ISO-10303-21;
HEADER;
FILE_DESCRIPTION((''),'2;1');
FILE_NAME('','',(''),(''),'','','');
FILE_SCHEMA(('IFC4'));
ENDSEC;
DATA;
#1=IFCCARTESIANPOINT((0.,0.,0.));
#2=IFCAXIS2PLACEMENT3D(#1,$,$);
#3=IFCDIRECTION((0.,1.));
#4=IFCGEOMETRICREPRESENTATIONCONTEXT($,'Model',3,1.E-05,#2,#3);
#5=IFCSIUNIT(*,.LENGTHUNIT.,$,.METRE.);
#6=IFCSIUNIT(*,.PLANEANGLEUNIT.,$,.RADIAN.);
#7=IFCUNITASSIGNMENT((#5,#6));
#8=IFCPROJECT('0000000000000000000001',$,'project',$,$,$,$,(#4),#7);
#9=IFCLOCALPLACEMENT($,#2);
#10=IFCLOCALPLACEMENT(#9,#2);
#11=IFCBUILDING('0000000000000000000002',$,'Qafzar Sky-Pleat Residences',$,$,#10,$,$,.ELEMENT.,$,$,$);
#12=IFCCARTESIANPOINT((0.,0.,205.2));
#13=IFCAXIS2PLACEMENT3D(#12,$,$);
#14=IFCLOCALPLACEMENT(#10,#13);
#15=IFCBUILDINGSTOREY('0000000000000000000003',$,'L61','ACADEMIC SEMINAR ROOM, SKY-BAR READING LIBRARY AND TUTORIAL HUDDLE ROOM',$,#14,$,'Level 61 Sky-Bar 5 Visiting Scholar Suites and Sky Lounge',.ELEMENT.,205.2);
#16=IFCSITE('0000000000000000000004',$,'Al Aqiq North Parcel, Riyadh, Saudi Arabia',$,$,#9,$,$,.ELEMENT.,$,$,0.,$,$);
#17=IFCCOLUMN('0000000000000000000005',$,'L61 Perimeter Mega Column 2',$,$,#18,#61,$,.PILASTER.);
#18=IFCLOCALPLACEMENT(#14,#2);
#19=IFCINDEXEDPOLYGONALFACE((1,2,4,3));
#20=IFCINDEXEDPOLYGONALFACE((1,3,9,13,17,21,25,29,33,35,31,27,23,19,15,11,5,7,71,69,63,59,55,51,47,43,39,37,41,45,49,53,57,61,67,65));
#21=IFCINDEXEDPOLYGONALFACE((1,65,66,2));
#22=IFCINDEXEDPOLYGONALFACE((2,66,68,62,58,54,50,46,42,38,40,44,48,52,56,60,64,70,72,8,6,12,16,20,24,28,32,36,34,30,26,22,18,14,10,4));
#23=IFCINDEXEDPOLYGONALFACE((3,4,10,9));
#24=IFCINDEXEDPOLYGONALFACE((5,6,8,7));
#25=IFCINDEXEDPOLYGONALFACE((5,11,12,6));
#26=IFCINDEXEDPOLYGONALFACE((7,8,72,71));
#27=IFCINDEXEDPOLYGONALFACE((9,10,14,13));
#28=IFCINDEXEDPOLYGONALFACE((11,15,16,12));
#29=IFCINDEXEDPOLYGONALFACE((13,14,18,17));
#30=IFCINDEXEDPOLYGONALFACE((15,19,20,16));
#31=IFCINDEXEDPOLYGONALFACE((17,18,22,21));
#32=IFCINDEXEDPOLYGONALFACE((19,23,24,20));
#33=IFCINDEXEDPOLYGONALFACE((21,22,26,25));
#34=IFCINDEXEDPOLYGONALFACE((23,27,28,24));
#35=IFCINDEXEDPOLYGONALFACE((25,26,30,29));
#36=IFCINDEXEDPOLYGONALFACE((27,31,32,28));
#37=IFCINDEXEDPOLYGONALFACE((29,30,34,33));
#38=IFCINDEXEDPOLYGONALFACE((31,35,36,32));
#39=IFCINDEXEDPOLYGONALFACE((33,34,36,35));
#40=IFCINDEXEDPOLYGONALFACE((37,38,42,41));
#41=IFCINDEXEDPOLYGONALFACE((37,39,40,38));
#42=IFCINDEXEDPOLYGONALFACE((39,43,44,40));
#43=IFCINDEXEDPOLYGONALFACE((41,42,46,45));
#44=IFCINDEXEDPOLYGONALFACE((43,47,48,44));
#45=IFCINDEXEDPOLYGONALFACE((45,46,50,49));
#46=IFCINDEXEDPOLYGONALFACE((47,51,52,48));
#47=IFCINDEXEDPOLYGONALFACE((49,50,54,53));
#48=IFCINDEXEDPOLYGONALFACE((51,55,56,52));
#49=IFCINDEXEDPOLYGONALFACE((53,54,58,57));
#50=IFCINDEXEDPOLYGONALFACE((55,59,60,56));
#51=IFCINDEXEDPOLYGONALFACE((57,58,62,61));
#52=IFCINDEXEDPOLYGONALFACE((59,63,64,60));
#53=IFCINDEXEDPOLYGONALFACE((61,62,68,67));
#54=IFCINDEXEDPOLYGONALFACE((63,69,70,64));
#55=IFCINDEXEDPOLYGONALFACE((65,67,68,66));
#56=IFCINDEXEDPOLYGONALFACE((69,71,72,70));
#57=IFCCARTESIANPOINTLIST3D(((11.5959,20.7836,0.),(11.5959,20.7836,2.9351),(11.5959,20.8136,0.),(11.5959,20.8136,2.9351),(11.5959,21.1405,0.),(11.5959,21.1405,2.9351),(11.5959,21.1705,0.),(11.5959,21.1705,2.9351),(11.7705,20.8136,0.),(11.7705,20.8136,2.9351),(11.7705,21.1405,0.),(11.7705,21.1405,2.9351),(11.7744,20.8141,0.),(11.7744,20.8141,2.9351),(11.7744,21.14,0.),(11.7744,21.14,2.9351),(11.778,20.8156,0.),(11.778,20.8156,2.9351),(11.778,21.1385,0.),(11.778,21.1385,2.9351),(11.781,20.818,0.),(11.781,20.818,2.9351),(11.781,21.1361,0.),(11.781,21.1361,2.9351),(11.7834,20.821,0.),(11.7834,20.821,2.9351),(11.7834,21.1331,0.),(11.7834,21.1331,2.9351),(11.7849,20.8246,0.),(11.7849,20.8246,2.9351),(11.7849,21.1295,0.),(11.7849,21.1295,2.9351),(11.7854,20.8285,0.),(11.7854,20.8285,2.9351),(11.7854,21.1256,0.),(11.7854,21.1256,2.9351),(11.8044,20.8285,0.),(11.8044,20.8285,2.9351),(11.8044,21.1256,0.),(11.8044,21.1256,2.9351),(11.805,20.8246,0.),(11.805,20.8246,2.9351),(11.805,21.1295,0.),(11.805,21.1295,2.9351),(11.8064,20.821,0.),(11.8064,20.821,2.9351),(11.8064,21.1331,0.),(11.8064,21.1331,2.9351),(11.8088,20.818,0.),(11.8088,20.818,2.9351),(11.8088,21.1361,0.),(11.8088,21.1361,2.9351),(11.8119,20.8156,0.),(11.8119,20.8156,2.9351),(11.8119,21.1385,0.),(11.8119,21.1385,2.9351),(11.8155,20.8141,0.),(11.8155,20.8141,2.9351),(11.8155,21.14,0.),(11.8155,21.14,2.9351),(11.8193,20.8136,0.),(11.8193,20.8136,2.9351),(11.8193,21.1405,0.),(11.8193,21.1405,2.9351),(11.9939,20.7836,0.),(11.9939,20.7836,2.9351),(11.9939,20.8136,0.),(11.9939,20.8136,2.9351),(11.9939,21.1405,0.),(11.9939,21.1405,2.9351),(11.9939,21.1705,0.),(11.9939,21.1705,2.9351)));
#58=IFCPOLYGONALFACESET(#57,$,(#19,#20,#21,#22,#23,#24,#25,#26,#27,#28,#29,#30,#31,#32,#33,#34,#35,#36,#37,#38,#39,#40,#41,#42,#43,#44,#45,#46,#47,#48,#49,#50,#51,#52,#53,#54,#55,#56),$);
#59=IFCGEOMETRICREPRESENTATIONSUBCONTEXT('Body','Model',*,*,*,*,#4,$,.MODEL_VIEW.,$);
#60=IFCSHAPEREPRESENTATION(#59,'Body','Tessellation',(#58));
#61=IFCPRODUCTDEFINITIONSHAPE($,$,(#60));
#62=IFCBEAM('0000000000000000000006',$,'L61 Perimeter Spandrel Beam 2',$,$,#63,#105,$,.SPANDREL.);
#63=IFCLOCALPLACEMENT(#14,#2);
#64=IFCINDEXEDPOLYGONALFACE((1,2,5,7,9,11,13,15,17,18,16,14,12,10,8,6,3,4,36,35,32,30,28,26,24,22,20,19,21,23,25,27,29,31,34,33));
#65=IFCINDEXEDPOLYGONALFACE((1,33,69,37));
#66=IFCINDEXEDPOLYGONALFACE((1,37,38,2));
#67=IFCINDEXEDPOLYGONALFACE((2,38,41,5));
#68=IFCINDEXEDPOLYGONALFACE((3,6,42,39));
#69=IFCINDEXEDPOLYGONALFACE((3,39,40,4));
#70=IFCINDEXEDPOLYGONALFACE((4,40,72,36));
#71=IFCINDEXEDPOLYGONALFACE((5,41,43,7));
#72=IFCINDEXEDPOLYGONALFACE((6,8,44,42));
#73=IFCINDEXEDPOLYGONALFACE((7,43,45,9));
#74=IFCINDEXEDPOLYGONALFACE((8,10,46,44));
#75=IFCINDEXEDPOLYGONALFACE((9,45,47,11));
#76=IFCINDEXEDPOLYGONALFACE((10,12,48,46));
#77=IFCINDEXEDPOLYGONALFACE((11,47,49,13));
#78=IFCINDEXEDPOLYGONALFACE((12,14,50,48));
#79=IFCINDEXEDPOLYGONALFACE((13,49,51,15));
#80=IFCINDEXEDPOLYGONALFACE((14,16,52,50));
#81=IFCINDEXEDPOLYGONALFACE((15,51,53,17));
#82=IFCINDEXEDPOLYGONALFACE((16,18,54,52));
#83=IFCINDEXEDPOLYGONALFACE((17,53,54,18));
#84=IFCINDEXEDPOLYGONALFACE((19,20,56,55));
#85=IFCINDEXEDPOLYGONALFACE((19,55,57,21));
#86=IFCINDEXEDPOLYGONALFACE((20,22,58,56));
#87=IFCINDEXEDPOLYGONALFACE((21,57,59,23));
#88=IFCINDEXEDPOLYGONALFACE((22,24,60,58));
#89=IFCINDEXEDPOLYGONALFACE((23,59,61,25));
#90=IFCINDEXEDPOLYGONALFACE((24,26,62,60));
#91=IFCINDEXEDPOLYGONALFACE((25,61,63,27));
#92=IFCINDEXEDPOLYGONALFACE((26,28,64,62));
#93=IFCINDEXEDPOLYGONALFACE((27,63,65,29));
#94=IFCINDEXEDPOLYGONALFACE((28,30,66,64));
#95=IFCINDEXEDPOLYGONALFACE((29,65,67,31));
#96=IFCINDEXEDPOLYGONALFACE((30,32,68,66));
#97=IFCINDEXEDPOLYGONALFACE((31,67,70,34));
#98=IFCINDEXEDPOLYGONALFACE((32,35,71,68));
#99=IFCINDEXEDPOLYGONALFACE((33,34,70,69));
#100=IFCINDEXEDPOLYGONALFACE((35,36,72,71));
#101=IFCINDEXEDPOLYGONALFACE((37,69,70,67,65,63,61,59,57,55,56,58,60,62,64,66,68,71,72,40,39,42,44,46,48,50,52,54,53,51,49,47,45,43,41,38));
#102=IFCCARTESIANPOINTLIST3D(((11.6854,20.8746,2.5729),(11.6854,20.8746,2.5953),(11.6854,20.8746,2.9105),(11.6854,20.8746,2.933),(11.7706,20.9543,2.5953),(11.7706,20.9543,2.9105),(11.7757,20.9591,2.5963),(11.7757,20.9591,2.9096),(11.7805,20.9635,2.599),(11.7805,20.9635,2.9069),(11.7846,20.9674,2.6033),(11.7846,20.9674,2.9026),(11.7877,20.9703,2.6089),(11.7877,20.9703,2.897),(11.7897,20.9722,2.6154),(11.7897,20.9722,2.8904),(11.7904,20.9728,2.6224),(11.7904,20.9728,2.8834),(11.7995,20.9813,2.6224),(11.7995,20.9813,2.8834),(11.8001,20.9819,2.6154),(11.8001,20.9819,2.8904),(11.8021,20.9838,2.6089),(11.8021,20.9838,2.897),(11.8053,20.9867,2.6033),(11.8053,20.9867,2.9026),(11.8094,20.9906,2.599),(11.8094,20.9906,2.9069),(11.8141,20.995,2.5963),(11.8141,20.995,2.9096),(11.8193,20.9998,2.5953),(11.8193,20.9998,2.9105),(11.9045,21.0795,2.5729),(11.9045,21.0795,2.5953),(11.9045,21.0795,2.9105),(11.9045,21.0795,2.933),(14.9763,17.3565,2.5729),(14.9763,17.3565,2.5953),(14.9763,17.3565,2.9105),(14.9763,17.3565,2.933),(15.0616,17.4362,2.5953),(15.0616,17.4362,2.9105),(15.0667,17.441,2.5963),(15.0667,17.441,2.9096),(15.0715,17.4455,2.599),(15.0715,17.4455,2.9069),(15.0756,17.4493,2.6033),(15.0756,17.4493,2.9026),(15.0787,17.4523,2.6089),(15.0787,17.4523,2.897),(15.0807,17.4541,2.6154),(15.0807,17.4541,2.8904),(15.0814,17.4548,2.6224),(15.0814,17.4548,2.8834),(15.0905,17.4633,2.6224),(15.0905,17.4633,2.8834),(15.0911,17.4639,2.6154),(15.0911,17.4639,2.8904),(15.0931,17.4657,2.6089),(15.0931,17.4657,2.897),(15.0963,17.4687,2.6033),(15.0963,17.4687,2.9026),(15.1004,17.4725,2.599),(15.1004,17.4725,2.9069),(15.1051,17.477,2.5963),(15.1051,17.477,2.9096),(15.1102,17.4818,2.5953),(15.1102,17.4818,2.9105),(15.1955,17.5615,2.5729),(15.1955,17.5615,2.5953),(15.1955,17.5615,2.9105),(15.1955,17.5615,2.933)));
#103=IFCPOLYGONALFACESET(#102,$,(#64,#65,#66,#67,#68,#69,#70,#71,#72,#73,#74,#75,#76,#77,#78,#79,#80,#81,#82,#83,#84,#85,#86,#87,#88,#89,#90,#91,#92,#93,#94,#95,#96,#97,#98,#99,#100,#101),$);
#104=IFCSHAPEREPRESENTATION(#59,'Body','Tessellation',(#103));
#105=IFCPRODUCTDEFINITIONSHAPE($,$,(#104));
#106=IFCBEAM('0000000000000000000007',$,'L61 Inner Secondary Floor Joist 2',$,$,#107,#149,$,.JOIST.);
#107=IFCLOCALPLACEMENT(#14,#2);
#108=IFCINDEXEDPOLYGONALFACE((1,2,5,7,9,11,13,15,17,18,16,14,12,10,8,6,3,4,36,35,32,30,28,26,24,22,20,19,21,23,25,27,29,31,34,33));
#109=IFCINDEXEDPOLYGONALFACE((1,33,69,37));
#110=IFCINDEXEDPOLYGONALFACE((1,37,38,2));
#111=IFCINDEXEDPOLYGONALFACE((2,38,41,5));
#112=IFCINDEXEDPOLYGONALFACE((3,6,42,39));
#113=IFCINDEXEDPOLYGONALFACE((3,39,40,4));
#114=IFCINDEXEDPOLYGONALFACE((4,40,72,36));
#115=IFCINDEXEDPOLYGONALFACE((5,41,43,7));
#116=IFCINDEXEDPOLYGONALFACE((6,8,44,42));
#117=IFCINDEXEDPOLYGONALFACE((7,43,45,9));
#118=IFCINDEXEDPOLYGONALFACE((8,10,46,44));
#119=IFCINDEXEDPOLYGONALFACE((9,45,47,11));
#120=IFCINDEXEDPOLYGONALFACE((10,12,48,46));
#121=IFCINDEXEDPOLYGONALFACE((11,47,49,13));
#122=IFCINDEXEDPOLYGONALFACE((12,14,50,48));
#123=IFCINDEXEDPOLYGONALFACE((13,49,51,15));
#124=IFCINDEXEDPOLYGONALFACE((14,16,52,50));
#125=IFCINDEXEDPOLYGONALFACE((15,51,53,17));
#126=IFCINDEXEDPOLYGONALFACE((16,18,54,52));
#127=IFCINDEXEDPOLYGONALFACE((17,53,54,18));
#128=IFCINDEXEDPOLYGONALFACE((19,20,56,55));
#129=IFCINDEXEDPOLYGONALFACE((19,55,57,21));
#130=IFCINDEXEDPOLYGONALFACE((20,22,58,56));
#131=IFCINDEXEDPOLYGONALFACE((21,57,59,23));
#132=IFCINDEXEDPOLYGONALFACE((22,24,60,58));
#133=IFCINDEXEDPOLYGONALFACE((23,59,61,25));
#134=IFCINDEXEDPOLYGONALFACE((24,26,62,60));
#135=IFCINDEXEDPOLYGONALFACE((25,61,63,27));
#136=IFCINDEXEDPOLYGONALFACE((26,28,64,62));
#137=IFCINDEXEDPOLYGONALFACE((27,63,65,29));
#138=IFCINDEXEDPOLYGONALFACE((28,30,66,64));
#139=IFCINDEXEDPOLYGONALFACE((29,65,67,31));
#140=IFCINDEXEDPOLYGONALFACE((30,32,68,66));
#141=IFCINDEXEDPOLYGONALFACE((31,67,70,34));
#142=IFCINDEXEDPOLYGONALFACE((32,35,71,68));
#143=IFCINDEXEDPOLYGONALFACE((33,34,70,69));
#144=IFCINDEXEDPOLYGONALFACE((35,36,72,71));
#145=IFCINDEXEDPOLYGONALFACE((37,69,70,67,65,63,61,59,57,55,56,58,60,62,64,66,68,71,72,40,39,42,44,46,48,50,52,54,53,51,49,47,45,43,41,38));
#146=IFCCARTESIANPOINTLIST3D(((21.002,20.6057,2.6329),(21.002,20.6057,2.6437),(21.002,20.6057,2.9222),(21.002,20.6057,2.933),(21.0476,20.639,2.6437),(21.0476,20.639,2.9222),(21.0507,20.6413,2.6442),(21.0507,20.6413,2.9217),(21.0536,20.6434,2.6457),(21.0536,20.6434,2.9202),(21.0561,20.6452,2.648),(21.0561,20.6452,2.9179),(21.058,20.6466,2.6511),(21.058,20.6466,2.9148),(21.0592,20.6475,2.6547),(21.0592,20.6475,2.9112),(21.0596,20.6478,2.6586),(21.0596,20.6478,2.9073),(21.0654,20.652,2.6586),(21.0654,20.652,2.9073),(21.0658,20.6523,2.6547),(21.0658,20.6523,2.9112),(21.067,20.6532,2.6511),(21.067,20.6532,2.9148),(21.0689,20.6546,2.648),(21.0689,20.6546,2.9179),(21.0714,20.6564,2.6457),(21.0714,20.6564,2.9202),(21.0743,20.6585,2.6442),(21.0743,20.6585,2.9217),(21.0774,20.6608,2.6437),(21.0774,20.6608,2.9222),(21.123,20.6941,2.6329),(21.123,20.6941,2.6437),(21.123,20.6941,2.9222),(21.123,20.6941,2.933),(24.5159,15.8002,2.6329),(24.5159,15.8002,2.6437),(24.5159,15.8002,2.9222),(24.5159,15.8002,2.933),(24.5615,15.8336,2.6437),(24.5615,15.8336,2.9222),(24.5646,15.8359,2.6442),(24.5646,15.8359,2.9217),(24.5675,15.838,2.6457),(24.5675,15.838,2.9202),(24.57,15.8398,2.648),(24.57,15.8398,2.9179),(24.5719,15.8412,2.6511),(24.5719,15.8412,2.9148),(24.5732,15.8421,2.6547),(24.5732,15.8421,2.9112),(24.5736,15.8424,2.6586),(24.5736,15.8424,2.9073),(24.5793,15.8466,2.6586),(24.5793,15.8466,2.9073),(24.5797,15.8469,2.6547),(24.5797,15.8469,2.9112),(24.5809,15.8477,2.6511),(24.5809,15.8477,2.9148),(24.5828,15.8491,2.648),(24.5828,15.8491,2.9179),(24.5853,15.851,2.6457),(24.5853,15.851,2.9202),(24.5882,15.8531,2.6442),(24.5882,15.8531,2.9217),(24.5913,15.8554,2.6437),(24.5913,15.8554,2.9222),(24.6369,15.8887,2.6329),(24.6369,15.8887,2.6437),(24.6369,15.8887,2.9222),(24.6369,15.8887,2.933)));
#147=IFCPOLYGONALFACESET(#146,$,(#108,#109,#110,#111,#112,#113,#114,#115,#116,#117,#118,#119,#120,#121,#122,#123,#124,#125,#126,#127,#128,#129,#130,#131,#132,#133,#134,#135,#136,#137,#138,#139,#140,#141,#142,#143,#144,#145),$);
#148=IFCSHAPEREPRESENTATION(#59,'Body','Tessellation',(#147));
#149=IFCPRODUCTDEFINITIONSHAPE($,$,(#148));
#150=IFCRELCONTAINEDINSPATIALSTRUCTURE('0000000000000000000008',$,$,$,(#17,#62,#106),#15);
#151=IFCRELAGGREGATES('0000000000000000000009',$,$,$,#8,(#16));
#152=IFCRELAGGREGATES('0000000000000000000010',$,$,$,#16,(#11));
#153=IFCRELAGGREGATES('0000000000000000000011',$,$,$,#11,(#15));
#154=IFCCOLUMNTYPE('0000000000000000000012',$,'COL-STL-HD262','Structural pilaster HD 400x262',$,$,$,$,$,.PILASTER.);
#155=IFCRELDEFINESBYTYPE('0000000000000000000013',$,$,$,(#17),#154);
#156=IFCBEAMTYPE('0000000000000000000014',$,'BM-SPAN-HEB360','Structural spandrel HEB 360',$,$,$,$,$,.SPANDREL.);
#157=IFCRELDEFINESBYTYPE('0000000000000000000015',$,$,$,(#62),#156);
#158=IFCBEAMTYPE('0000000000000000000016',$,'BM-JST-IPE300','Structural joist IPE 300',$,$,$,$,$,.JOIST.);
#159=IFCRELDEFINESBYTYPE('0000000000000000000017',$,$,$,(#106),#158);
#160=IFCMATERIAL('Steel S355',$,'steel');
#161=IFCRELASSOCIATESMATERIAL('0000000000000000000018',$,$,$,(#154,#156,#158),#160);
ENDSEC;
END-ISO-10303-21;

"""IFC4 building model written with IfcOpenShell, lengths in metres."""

from ifc_helpers import new_model, si_unit, direction, frame, origin, origin_2d, place, context, subcontext, project, spatial, i_section, extrude, source, transform, mapped, material, material_profile, profile_set, type_object, element, save


model = new_model("IFC4")

# Units and contexts
model_context = context("Model", 3, precision=1e-05, world=origin(), true_north=direction((0.0, 1.0)))
body_context = subcontext(model_context, "Body", "Model", "MODEL_VIEW")
ifc_project = project(units=[si_unit("LENGTHUNIT", "METRE"), si_unit("PLANEANGLEUNIT", "RADIAN")], contexts=[model_context])

# Site, building, storey
site_placement = place(None, origin())
site = spatial("IfcSite", under=ifc_project, at=site_placement, Name="Al Aqiq North Parcel, Riyadh, Saudi Arabia", CompositionType="ELEMENT", RefElevation=0.0)
building_placement = place(site_placement, origin())
building = spatial("IfcBuilding", under=site, at=building_placement, Name="Qafzar Sky-Pleat Residences", CompositionType="ELEMENT")
storey_placement = place(building_placement, frame((0.0, 0.0, 205.2)))
storey = spatial("IfcBuildingStorey", under=building, at=storey_placement, Name="L61", Description="ACADEMIC SEMINAR ROOM, SKY-BAR READING LIBRARY AND TUTORIAL HUDDLE ROOM", LongName="Level 61 Sky-Bar 5 Visiting Scholar Suites and Sky Lounge", CompositionType="ELEMENT", Elevation=205.2)

# Column
ifc_material_1 = material(Name="Steel S355", Category="steel")
ifc_material_profile_1 = material_profile(ifc_material_1, i_section(OverallWidth=0.3979, OverallDepth=0.387, WebThickness=0.019, FlangeThickness=0.03, FilletRadius=0.0149, at=origin_2d()), Name="HD 400x262")
ifc_profile_set_1 = profile_set([ifc_material_profile_1], Name="Steel S355")
column_type = type_object("IfcColumnType", Name="COL-STL-HD262", Description="Structural pilaster HD 400x262", PredefinedType="PILASTER", material=ifc_profile_set_1)
shared_shape_1 = source(origin(), body_context, "Body", "SweptSolid", [
    extrude(i_section(OverallWidth=0.3979, OverallDepth=0.387, WebThickness=0.019, FlangeThickness=0.03, FilletRadius=0.0149, at=origin_2d()), origin(), (0.0, 0.0, 1.0), 2.9351),
])
column_placement = place(storey_placement, frame((11.7949, 20.9771, 0.0), z_axis=(0.0, 0.0, 1.0), x_axis=(1.0, 0.0, 0.0)))
element("IfcColumn", 1, at=column_placement, inside=storey, type_object=column_type, Name="L61 Perimeter Mega Column 2", PredefinedType="PILASTER", context=body_context, shape_type="MappedRepresentation", body=[
    mapped(shared_shape_1, transform((0.0, 0.0, 0.0), x_axis=(1.0, 0.0, 0.0), y_axis=(0.0, 1.0, 0.0), z_axis=(0.0, 0.0, 1.0), scale=1.0)),
])

# Beams
ifc_material_profile_2 = material_profile(ifc_material_1, i_section(OverallWidth=0.3, OverallDepth=0.3601, WebThickness=0.0125, FlangeThickness=0.0225, FilletRadius=0.0271, at=origin_2d()), Name="HEB 360")
ifc_profile_set_2 = profile_set([ifc_material_profile_2], Name="Steel S355")
beam_type_1 = type_object("IfcBeamType", Name="BM-SPAN-HEB360", Description="Structural spandrel HEB 360", PredefinedType="SPANDREL", material=ifc_profile_set_2)
shared_shape_2 = source(origin(), body_context, "Body", "SweptSolid", [
    extrude(i_section(OverallWidth=0.3, OverallDepth=0.3601, WebThickness=0.0125, FlangeThickness=0.0225, FilletRadius=0.0271, at=origin_2d()), origin(), (0.0, 0.0, 1.0), 4.8174),
])
beam_1_placement = place(storey_placement, frame((11.7949, 20.9771, 2.7529), z_axis=(0.683148, -0.73028, 0.0), x_axis=(0.73028, 0.683148, 0.0)))
element("IfcBeam", 2, at=beam_1_placement, inside=storey, type_object=beam_type_1, Name="L61 Perimeter Spandrel Beam 2", PredefinedType="SPANDREL", context=body_context, shape_type="MappedRepresentation", body=[
    mapped(shared_shape_2, transform((0.0, 0.0, 0.0), x_axis=(1.0, 0.0, 0.0), y_axis=(0.0, 1.0, 0.0), z_axis=(0.0, 0.0, 1.0), scale=1.0)),
])
ifc_material_profile_3 = material_profile(ifc_material_1, i_section(OverallWidth=0.1499, OverallDepth=0.3, WebThickness=0.0071, FlangeThickness=0.0107, FilletRadius=0.0149, at=origin_2d()), Name="IPE 300")
ifc_profile_set_3 = profile_set([ifc_material_profile_3], Name="Steel S355")
beam_type_2 = type_object("IfcBeamType", Name="BM-JST-IPE300", Description="Structural joist IPE 300", PredefinedType="JOIST", material=ifc_profile_set_3)
shared_shape_3 = source(origin(), body_context, "Body", "SweptSolid", [
    extrude(i_section(OverallWidth=0.1499, OverallDepth=0.3, WebThickness=0.0071, FlangeThickness=0.0107, FilletRadius=0.0149, at=origin_2d()), origin(), (0.0, 0.0, 1.0), 5.9531),
])
beam_2_placement = place(storey_placement, frame((21.0625, 20.6499, 2.783), z_axis=(0.590264, -0.80721, 0.0), x_axis=(0.80721, 0.590264, 0.0)))
element("IfcBeam", 3, at=beam_2_placement, inside=storey, type_object=beam_type_2, Name="L61 Inner Secondary Floor Joist 2", PredefinedType="JOIST", context=body_context, shape_type="MappedRepresentation", body=[
    mapped(shared_shape_3, transform((0.0, 0.0, 0.0), x_axis=(1.0, 0.0, 0.0), y_axis=(0.0, 1.0, 0.0), z_axis=(0.0, 0.0, 1.0), scale=1.0)),
])

save(model, "model.ifc")
